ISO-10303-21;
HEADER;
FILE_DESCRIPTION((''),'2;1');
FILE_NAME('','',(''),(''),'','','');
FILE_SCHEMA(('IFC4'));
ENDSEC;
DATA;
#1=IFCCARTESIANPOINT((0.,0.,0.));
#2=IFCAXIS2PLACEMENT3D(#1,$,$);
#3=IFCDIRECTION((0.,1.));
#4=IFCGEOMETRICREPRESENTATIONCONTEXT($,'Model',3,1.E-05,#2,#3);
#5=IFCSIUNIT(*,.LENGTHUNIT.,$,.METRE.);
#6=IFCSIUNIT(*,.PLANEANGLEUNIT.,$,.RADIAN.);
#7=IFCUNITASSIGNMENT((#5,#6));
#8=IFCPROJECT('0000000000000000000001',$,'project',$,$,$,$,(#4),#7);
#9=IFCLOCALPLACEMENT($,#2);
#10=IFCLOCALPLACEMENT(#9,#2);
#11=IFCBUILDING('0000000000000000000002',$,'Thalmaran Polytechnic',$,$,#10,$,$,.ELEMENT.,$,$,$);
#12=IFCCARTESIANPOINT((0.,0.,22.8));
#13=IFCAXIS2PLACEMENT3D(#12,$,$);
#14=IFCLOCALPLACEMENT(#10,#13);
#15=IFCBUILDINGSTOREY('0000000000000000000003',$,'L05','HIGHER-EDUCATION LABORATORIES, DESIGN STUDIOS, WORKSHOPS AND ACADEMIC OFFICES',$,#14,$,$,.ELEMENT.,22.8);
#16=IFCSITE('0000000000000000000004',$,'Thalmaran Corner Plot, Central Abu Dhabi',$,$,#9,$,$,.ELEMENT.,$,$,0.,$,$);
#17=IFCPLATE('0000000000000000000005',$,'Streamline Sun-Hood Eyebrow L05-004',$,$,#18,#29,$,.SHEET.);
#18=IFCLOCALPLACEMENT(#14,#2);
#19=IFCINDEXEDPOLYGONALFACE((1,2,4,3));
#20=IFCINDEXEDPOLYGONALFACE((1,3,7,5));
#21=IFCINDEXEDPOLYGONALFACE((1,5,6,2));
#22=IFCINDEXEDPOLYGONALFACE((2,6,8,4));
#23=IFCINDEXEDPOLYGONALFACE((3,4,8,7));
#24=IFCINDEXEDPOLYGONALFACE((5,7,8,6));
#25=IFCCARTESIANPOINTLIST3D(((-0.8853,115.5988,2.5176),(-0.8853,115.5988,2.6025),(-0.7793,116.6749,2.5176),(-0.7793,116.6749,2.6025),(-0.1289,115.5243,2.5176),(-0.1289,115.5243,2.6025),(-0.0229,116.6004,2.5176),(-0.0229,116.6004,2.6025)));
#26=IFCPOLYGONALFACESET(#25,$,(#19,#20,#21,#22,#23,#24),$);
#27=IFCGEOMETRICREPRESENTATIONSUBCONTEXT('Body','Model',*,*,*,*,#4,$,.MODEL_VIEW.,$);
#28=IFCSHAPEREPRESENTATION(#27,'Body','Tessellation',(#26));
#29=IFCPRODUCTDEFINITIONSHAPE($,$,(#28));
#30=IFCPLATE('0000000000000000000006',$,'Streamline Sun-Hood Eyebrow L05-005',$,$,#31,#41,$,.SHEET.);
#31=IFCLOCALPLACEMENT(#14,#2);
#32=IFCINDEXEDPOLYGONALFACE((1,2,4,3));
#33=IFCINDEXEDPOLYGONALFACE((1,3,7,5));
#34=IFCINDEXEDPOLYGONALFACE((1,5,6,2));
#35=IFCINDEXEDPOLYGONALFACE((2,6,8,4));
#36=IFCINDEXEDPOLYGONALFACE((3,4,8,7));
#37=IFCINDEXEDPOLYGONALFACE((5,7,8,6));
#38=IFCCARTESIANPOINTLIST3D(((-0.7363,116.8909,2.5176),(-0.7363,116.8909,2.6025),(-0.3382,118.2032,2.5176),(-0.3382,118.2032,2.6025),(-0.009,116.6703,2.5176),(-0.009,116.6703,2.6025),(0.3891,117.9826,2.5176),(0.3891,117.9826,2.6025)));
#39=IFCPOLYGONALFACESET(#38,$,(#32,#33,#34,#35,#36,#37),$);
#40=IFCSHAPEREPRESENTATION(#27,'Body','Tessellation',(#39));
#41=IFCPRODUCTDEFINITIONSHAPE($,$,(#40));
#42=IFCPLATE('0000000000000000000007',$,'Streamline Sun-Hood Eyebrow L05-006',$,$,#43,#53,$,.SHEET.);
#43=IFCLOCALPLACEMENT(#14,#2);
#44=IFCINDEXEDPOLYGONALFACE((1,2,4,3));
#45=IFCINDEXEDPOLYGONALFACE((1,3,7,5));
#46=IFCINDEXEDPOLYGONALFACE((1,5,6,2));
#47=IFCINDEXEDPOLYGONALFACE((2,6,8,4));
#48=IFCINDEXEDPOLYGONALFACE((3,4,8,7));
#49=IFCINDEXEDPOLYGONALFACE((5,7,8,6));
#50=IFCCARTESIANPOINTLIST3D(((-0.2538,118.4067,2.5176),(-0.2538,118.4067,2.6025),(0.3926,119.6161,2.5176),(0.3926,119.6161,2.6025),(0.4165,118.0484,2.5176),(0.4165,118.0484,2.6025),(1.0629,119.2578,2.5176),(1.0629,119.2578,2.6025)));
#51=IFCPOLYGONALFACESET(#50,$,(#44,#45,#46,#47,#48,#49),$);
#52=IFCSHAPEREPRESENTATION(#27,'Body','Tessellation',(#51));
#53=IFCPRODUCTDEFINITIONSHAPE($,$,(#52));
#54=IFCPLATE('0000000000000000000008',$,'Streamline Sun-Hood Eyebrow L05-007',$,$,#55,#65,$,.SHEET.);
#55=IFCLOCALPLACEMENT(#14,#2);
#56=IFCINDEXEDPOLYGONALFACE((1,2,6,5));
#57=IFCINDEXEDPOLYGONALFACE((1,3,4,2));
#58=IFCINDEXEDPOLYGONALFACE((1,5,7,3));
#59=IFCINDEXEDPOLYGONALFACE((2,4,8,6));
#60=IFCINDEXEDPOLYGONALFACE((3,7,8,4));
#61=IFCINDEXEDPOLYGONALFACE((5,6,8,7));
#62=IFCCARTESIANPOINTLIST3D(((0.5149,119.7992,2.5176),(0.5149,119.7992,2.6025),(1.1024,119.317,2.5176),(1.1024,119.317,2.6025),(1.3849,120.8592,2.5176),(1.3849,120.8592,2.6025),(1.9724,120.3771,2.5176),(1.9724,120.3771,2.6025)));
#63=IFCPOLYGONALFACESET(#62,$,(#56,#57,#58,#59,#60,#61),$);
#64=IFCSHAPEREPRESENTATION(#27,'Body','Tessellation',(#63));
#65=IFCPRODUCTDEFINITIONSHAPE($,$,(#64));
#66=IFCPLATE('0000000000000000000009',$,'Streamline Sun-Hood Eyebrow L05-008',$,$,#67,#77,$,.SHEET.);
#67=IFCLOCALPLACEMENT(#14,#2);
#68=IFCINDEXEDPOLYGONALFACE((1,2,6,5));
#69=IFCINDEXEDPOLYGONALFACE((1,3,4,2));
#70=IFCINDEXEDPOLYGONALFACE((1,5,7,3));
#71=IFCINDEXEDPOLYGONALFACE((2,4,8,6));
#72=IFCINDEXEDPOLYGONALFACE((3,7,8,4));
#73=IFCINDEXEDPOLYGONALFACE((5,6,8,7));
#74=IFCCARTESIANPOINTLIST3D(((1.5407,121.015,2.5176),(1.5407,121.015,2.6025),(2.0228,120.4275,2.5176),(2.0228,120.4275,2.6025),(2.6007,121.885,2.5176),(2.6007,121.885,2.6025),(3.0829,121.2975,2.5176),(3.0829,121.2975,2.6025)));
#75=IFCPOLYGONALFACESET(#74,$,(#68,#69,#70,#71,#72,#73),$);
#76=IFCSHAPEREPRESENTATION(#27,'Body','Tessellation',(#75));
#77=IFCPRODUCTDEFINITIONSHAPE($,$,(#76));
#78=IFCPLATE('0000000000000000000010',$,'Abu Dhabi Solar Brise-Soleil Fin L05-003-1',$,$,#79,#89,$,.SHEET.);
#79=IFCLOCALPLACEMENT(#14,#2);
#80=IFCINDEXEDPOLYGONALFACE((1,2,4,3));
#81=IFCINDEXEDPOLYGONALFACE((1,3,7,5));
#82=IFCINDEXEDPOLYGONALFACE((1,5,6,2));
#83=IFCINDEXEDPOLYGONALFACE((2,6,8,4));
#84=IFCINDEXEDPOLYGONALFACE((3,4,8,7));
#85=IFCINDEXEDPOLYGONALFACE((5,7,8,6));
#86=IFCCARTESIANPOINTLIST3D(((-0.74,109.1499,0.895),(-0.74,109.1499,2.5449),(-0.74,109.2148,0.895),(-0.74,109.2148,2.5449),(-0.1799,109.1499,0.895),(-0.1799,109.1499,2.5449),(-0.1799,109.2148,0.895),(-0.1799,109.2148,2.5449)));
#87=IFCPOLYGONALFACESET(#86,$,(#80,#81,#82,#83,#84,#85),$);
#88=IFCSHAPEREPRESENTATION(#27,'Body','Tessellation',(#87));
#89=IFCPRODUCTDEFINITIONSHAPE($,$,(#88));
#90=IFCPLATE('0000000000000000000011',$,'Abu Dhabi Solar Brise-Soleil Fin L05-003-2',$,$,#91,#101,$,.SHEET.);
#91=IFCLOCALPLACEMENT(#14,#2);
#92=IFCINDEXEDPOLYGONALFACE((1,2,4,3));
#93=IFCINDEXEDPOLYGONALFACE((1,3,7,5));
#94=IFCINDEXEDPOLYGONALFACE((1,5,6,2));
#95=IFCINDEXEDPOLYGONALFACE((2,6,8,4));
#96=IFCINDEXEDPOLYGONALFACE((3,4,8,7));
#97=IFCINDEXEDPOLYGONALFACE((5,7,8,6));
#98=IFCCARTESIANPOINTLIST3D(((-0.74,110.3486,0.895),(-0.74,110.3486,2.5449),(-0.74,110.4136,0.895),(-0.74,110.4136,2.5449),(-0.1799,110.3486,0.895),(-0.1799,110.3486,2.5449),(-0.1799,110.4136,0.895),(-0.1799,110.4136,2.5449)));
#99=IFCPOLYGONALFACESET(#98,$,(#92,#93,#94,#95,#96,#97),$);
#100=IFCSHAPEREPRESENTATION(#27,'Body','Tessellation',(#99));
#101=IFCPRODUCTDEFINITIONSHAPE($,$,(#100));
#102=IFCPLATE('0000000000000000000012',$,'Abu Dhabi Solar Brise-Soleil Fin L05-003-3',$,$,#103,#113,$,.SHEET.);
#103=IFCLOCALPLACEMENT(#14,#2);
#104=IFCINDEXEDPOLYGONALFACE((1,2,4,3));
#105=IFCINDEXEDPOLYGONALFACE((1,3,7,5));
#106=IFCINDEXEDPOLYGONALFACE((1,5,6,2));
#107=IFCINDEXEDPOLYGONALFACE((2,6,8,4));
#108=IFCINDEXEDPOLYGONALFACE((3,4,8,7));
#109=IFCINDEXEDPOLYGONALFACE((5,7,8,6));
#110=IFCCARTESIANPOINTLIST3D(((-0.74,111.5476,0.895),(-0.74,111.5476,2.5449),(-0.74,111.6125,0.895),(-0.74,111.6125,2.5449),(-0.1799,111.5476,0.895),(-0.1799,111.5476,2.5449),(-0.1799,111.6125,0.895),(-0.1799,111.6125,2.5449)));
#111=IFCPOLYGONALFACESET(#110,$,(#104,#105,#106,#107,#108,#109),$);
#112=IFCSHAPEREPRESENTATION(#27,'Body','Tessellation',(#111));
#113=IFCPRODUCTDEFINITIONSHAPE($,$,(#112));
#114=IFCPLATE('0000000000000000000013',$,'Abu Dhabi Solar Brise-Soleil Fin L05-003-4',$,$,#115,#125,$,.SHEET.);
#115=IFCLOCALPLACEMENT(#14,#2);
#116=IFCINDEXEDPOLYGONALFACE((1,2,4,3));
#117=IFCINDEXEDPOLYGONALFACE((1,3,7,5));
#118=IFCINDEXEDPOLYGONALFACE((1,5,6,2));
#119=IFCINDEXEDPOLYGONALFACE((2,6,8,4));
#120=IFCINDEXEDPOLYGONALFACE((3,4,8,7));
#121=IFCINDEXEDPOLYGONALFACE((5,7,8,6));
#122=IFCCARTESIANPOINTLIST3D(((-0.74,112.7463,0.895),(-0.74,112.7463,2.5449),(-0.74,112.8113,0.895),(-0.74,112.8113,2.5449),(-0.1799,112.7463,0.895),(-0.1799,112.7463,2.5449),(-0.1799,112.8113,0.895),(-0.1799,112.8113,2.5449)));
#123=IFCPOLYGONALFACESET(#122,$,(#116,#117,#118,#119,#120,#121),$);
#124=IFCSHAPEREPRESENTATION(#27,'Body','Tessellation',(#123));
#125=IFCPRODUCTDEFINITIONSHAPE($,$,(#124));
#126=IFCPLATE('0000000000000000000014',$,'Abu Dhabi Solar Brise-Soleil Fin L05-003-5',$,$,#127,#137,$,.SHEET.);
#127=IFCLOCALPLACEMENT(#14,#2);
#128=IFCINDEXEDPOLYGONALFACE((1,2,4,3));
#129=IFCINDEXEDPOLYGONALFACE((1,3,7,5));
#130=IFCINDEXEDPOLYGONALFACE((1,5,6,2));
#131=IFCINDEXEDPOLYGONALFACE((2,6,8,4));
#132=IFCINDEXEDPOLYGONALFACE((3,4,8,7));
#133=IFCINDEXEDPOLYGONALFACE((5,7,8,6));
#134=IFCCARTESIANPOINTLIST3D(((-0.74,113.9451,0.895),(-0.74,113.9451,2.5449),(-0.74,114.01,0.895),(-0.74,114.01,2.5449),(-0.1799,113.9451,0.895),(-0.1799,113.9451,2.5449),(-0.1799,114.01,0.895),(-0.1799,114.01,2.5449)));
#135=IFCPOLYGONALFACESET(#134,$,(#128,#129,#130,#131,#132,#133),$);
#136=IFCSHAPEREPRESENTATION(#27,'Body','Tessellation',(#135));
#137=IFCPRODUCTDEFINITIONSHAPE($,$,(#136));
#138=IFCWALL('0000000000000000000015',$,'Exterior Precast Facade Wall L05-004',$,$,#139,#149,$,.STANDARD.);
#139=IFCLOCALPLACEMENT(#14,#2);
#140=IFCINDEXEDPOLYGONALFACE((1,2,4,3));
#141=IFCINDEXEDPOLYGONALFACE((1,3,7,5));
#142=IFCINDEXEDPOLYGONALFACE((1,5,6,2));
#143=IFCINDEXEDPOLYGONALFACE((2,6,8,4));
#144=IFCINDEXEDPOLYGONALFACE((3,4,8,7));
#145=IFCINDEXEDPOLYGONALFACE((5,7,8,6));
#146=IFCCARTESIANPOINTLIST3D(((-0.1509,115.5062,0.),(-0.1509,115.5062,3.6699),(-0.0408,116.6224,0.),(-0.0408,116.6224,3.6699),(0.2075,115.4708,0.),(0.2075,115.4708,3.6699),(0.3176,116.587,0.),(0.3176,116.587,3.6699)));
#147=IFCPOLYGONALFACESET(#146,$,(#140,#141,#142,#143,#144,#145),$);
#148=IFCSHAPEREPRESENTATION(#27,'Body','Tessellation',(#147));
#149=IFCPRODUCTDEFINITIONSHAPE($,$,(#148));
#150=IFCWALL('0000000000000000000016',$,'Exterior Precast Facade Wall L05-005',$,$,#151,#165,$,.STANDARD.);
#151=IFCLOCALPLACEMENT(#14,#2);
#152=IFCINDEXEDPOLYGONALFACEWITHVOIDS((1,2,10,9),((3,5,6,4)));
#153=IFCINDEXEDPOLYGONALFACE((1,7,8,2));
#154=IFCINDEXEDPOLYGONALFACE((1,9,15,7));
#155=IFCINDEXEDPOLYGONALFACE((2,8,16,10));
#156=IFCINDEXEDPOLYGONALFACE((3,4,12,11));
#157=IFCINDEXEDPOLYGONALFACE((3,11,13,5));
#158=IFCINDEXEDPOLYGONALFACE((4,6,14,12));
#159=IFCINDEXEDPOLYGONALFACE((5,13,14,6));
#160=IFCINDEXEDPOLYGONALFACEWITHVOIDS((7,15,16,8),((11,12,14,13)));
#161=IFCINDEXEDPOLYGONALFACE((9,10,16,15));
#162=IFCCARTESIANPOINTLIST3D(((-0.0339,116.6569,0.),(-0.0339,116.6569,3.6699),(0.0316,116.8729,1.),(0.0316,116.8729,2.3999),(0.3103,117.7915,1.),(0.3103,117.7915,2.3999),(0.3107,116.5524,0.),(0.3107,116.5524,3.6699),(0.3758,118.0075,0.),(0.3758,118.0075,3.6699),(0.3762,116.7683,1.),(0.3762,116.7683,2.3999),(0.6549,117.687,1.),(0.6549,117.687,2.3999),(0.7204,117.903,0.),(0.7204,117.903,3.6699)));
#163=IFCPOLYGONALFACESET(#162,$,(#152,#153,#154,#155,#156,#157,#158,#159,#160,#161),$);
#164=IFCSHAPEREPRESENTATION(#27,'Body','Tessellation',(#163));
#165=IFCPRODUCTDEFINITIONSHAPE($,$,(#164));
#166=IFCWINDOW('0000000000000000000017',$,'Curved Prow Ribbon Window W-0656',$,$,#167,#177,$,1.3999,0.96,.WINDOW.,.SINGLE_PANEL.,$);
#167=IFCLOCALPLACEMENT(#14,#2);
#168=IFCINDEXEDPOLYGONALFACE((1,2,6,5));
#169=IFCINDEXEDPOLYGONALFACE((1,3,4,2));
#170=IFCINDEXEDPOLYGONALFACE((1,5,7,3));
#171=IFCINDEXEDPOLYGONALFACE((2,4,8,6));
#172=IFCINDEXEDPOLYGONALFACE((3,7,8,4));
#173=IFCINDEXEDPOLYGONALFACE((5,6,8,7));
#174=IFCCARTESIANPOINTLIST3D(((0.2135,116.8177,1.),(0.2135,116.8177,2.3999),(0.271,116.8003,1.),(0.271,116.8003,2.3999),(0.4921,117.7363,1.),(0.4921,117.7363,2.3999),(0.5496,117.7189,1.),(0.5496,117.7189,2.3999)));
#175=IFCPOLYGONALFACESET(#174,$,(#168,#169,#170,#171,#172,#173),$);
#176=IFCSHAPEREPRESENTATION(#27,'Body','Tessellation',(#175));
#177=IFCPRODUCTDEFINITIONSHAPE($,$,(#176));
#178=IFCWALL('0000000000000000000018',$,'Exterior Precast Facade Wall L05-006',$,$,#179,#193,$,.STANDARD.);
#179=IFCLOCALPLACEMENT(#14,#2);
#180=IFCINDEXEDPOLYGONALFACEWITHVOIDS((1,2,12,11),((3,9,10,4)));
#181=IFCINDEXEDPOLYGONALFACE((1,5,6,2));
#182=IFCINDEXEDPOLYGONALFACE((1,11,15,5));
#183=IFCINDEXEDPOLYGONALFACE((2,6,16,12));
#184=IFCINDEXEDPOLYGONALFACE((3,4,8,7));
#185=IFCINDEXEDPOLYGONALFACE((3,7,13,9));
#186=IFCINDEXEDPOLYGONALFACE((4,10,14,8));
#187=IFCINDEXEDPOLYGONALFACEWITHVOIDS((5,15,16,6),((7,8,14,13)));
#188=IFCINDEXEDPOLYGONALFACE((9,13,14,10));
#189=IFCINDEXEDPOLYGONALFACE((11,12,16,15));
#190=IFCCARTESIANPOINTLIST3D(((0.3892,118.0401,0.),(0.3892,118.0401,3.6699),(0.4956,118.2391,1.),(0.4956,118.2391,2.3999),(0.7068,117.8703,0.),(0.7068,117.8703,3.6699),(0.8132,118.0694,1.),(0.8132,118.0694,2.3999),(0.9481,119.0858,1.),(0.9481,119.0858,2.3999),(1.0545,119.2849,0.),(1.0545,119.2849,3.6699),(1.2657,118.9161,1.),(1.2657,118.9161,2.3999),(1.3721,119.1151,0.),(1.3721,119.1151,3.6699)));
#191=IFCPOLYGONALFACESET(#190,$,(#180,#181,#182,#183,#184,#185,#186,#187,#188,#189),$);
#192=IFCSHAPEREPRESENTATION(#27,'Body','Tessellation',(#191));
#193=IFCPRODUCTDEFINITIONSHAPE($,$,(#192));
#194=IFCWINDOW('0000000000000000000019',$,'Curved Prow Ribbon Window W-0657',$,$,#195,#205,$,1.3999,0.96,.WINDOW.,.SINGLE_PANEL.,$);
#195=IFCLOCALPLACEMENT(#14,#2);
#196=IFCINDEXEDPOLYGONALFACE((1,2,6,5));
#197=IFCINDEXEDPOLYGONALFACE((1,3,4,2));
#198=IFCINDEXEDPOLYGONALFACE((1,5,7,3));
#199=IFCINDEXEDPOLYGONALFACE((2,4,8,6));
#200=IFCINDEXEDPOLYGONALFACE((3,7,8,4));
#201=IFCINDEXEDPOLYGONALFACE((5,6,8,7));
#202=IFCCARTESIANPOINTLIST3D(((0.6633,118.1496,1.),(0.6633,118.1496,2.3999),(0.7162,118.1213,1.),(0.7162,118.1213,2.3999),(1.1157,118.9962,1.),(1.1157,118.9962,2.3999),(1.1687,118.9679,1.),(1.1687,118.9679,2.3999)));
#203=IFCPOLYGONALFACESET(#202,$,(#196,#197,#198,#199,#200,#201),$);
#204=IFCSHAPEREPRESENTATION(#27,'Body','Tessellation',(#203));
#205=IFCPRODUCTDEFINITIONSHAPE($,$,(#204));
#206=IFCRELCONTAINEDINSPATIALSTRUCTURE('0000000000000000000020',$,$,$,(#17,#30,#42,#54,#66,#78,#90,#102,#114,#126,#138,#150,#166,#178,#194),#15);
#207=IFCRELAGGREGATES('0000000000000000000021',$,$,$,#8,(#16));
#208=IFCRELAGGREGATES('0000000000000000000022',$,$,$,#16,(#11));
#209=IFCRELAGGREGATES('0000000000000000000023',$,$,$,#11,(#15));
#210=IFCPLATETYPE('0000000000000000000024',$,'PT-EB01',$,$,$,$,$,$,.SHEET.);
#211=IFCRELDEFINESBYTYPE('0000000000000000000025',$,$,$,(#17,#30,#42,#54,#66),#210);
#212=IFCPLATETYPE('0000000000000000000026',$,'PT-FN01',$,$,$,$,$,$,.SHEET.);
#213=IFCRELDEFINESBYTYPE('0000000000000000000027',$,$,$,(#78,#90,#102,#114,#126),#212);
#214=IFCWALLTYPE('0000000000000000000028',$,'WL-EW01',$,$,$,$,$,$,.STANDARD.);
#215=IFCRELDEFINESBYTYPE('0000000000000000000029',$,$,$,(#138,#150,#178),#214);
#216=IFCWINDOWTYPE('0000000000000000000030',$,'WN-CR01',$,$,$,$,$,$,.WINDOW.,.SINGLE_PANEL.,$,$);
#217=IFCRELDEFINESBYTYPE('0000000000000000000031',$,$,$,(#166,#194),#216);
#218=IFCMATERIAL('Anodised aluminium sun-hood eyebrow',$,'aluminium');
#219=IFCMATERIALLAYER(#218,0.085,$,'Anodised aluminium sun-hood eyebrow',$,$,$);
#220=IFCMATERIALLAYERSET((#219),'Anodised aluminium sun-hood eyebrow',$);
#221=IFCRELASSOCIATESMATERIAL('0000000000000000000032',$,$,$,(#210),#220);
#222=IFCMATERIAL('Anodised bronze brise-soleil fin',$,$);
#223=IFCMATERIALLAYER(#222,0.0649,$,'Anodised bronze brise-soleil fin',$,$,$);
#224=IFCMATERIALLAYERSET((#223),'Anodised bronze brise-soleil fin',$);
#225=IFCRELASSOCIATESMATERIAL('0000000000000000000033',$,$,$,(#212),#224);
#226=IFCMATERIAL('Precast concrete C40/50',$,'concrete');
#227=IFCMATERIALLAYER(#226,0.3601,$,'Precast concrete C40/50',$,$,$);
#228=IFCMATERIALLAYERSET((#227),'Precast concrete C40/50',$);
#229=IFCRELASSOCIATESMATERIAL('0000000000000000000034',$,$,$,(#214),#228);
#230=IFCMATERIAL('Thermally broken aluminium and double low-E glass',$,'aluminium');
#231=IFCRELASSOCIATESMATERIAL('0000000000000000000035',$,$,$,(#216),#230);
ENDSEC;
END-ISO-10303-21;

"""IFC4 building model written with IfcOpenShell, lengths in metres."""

from ifc_helpers import new_model, si_unit, direction, frame, frame_2d, origin, origin_2d, place, context, subcontext, project, spatial, rectangle, extrude, material, layer, layer_set, type_object, element, fill, save


model = new_model("IFC4")

# Units and contexts
model_context = context("Model", 3, precision=1e-05, world=origin(), true_north=direction((0.0, 1.0)))
body_context = subcontext(model_context, "Body", "Model", "MODEL_VIEW")
ifc_project = project(units=[si_unit("LENGTHUNIT", "METRE"), si_unit("PLANEANGLEUNIT", "RADIAN")], contexts=[model_context])

# Site, building, storey
site_placement = place(None, origin())
site = spatial("IfcSite", under=ifc_project, at=site_placement, Name="Thalmaran Corner Plot, Central Abu Dhabi", CompositionType="ELEMENT", RefElevation=0.0)
building_placement = place(site_placement, origin())
building = spatial("IfcBuilding", under=site, at=building_placement, Name="Thalmaran Polytechnic", CompositionType="ELEMENT")
storey_placement = place(building_placement, frame((0.0, 0.0, 22.8)))
storey = spatial("IfcBuildingStorey", under=building, at=storey_placement, Name="L05", Description="HIGHER-EDUCATION LABORATORIES, DESIGN STUDIOS, WORKSHOPS AND ACADEMIC OFFICES", CompositionType="ELEMENT", Elevation=22.8)

# Plates
ifc_material_1 = material(Name="Anodised aluminium sun-hood eyebrow", Category="aluminium")
ifc_layer_1 = layer(ifc_material_1, 0.085, Name="Anodised aluminium sun-hood eyebrow")
ifc_layer_set_1 = layer_set([ifc_layer_1], Name="Anodised aluminium sun-hood eyebrow")
plate_type_1 = type_object("IfcPlateType", Name="PT-EB01", PredefinedType="SHEET", material=ifc_layer_set_1)
plate_1_placement = place(storey_placement, frame((-0.4541, 116.0996, 2.5176), z_axis=(0.0, 0.0, 1.0), x_axis=(0.098017, 0.995185, 0.0)))
element("IfcPlate", 1, at=plate_1_placement, inside=storey, type_object=plate_type_1, Name="Streamline Sun-Hood Eyebrow L05-004", PredefinedType="SHEET", context=body_context, shape_type="SweptSolid", body=[
    extrude(rectangle(XDim=1.0813, YDim=0.76, at=origin_2d()), origin(), (0.0, 0.0, 1.0), 0.085),
])
for number, where, z_axis, x_axis, name in (
    (2, (-0.1736, 117.4368, 2.5176), (0.0, 0.0, 1.0), (0.290285, 0.95694, 0.0), "Streamline Sun-Hood Eyebrow L05-005"),
    (3, (0.4045, 118.8323, 2.5176), (0.0, 0.0, 1.0), (0.471397, 0.881921, 0.0), "Streamline Sun-Hood Eyebrow L05-006"),
    (4, (1.2437, 120.0881, 2.5176), (0.0, 0.0, 1.0), (0.634393, 0.77301, 0.0), "Streamline Sun-Hood Eyebrow L05-007"),
    (5, (2.3118, 121.1562, 2.5176), (0.0, 0.0, 1.0), (0.77301, 0.634393, 0.0), "Streamline Sun-Hood Eyebrow L05-008"),
):
    element("IfcPlate", number, at=place(storey_placement, frame(where, z_axis=z_axis, x_axis=x_axis)), inside=storey, type_object=plate_type_1, Name=name, PredefinedType="SHEET", context=body_context, shape_type="SweptSolid", body=[
        extrude(rectangle(XDim=1.3713, YDim=0.76, at=origin_2d()), origin(), (0.0, 0.0, 1.0), 0.085),
    ])
ifc_material_2 = material(Name="Anodised bronze brise-soleil fin")
ifc_layer_2 = layer(ifc_material_2, 0.0649, Name="Anodised bronze brise-soleil fin")
ifc_layer_set_2 = layer_set([ifc_layer_2], Name="Anodised bronze brise-soleil fin")
plate_type_2 = type_object("IfcPlateType", Name="PT-FN01", PredefinedType="SHEET", material=ifc_layer_set_2)
for number, where, z_axis, x_axis, name in (
    (6, (-0.46, 109.1824, 0.895), (0.0, 0.0, 1.0), (0.0, 1.0, 0.0), "Abu Dhabi Solar Brise-Soleil Fin L05-003-1"),
    (7, (-0.46, 110.3811, 0.895), (0.0, 0.0, 1.0), (0.0, 1.0, 0.0), "Abu Dhabi Solar Brise-Soleil Fin L05-003-2"),
    (8, (-0.46, 111.5801, 0.895), (0.0, 0.0, 1.0), (0.0, 1.0, 0.0), "Abu Dhabi Solar Brise-Soleil Fin L05-003-3"),
    (9, (-0.46, 112.7788, 0.895), (0.0, 0.0, 1.0), (0.0, 1.0, 0.0), "Abu Dhabi Solar Brise-Soleil Fin L05-003-4"),
    (10, (-0.46, 113.9775, 0.895), (0.0, 0.0, 1.0), (0.0, 1.0, 0.0), "Abu Dhabi Solar Brise-Soleil Fin L05-003-5"),
):
    element("IfcPlate", number, at=place(storey_placement, frame(where, z_axis=z_axis, x_axis=x_axis)), inside=storey, type_object=plate_type_2, Name=name, PredefinedType="SHEET", context=body_context, shape_type="SweptSolid", body=[
        extrude(rectangle(XDim=0.0649, YDim=0.5601, at=origin_2d()), origin(), (0.0, 0.0, 1.0), 1.6499),
    ])

# Wall
ifc_material_3 = material(Name="Precast concrete C40/50", Category="concrete")
ifc_layer_3 = layer(ifc_material_3, 0.3601, Name="Precast concrete C40/50")
ifc_layer_set_3 = layer_set([ifc_layer_3], Name="Precast concrete C40/50")
wall_type = type_object("IfcWallType", Name="WL-EW01", PredefinedType="STANDARD", material=ifc_layer_set_3)
wall_1_placement = place(storey_placement, frame((0.0283, 115.4885, 0.0), z_axis=(0.0, 0.0, 1.0), x_axis=(0.098167, 0.99517, 0.0)))
element("IfcWall", 11, at=wall_1_placement, inside=storey, type_object=wall_type, Name="Exterior Precast Facade Wall L05-004", PredefinedType="STANDARD", context=body_context, shape_type="SweptSolid", body=[
    extrude(rectangle(XDim=1.1216, YDim=0.3601, at=frame_2d((0.5608, 0.0))), origin(), (0.0, 0.0, 1.0), 3.6699),
])

# Walls, openings, windows
wall_2_placement = place(storey_placement, frame((0.1384, 116.6047, 0.0), z_axis=(0.0, 0.0, 1.0), x_axis=(0.290267, 0.956946, 0.0)))
wall_2 = element("IfcWall", 12, at=wall_2_placement, inside=storey, type_object=wall_type, Name="Exterior Precast Facade Wall L05-005", PredefinedType="STANDARD", context=body_context, shape_type="SweptSolid", body=[
    extrude(rectangle(XDim=1.4114, YDim=0.3601, at=frame_2d((0.7056, 0.0))), origin(), (0.0, 0.0, 1.0), 3.6699),
])
opening_1_placement = place(wall_2_placement, frame((0.2256, 0.0, 1.0)))
opening_1 = element("IfcOpeningElement", 13, at=opening_1_placement, cuts=wall_2, PredefinedType="OPENING", context=body_context, shape_type="SweptSolid", body=[
    extrude(rectangle(XDim=0.96, YDim=1.3999, at=frame_2d((0.48, 0.7))), frame((0.0, 0.1899, 0.0), z_axis=(0.0, -1.0, 0.0), x_axis=(1.0, 0.0, 0.0)), (0.0, 0.0, 1.0), 0.3801),
])
ifc_material_4 = material(Name="Thermally broken aluminium and double low-E glass", Category="aluminium")
window_type = type_object("IfcWindowType", Name="WN-CR01", PartitioningType="SINGLE_PANEL", PredefinedType="WINDOW", material=ifc_material_4)
window_1_placement = place(opening_1_placement, origin())
window_1 = element("IfcWindow", 14, at=window_1_placement, inside=storey, type_object=window_type, Name="Curved Prow Ribbon Window W-0656", OverallHeight=1.3999, OverallWidth=0.96, PartitioningType="SINGLE_PANEL", PredefinedType="WINDOW", context=body_context, shape_type="SweptSolid", body=[
    extrude(rectangle(XDim=0.96, YDim=1.3999, at=frame_2d((0.48, 0.7))), frame((0.0, -0.01, 0.0), z_axis=(0.0, -1.0, 0.0), x_axis=(1.0, 0.0, 0.0)), (0.0, 0.0, 1.0), 0.0601),
])
fill(opening_1, window_1)
wall_3_placement = place(storey_placement, frame((0.5481, 117.9553, 0.0), z_axis=(0.0, 0.0, 1.0), x_axis=(0.471333, 0.881955, 0.0)))
wall_3 = element("IfcWall", 15, at=wall_3_placement, inside=storey, type_object=wall_type, Name="Exterior Precast Facade Wall L05-006", PredefinedType="STANDARD", context=body_context, shape_type="SweptSolid", body=[
    extrude(rectangle(XDim=1.4114, YDim=0.3601, at=frame_2d((0.7056, 0.0))), origin(), (0.0, 0.0, 1.0), 3.6699),
])
opening_2_placement = place(wall_3_placement, frame((0.2256, 0.0, 1.0)))
opening_2 = element("IfcOpeningElement", 16, at=opening_2_placement, cuts=wall_3, PredefinedType="OPENING", context=body_context, shape_type="SweptSolid", body=[
    extrude(rectangle(XDim=0.96, YDim=1.3999, at=frame_2d((0.48, 0.7))), frame((0.0, 0.1899, 0.0), z_axis=(0.0, -1.0, 0.0), x_axis=(1.0, 0.0, 0.0)), (0.0, 0.0, 1.0), 0.3801),
])
window_2_placement = place(opening_2_placement, origin())
window_2 = element("IfcWindow", 17, at=window_2_placement, inside=storey, type_object=window_type, Name="Curved Prow Ribbon Window W-0657", OverallHeight=1.3999, OverallWidth=0.96, PartitioningType="SINGLE_PANEL", PredefinedType="WINDOW", context=body_context, shape_type="SweptSolid", body=[
    extrude(rectangle(XDim=0.96, YDim=1.3999, at=frame_2d((0.48, 0.7))), frame((0.0, -0.01, 0.0), z_axis=(0.0, -1.0, 0.0), x_axis=(1.0, 0.0, 0.0)), (0.0, 0.0, 1.0), 0.0601),
])
fill(opening_2, window_2)

save(model, "model.ifc")
